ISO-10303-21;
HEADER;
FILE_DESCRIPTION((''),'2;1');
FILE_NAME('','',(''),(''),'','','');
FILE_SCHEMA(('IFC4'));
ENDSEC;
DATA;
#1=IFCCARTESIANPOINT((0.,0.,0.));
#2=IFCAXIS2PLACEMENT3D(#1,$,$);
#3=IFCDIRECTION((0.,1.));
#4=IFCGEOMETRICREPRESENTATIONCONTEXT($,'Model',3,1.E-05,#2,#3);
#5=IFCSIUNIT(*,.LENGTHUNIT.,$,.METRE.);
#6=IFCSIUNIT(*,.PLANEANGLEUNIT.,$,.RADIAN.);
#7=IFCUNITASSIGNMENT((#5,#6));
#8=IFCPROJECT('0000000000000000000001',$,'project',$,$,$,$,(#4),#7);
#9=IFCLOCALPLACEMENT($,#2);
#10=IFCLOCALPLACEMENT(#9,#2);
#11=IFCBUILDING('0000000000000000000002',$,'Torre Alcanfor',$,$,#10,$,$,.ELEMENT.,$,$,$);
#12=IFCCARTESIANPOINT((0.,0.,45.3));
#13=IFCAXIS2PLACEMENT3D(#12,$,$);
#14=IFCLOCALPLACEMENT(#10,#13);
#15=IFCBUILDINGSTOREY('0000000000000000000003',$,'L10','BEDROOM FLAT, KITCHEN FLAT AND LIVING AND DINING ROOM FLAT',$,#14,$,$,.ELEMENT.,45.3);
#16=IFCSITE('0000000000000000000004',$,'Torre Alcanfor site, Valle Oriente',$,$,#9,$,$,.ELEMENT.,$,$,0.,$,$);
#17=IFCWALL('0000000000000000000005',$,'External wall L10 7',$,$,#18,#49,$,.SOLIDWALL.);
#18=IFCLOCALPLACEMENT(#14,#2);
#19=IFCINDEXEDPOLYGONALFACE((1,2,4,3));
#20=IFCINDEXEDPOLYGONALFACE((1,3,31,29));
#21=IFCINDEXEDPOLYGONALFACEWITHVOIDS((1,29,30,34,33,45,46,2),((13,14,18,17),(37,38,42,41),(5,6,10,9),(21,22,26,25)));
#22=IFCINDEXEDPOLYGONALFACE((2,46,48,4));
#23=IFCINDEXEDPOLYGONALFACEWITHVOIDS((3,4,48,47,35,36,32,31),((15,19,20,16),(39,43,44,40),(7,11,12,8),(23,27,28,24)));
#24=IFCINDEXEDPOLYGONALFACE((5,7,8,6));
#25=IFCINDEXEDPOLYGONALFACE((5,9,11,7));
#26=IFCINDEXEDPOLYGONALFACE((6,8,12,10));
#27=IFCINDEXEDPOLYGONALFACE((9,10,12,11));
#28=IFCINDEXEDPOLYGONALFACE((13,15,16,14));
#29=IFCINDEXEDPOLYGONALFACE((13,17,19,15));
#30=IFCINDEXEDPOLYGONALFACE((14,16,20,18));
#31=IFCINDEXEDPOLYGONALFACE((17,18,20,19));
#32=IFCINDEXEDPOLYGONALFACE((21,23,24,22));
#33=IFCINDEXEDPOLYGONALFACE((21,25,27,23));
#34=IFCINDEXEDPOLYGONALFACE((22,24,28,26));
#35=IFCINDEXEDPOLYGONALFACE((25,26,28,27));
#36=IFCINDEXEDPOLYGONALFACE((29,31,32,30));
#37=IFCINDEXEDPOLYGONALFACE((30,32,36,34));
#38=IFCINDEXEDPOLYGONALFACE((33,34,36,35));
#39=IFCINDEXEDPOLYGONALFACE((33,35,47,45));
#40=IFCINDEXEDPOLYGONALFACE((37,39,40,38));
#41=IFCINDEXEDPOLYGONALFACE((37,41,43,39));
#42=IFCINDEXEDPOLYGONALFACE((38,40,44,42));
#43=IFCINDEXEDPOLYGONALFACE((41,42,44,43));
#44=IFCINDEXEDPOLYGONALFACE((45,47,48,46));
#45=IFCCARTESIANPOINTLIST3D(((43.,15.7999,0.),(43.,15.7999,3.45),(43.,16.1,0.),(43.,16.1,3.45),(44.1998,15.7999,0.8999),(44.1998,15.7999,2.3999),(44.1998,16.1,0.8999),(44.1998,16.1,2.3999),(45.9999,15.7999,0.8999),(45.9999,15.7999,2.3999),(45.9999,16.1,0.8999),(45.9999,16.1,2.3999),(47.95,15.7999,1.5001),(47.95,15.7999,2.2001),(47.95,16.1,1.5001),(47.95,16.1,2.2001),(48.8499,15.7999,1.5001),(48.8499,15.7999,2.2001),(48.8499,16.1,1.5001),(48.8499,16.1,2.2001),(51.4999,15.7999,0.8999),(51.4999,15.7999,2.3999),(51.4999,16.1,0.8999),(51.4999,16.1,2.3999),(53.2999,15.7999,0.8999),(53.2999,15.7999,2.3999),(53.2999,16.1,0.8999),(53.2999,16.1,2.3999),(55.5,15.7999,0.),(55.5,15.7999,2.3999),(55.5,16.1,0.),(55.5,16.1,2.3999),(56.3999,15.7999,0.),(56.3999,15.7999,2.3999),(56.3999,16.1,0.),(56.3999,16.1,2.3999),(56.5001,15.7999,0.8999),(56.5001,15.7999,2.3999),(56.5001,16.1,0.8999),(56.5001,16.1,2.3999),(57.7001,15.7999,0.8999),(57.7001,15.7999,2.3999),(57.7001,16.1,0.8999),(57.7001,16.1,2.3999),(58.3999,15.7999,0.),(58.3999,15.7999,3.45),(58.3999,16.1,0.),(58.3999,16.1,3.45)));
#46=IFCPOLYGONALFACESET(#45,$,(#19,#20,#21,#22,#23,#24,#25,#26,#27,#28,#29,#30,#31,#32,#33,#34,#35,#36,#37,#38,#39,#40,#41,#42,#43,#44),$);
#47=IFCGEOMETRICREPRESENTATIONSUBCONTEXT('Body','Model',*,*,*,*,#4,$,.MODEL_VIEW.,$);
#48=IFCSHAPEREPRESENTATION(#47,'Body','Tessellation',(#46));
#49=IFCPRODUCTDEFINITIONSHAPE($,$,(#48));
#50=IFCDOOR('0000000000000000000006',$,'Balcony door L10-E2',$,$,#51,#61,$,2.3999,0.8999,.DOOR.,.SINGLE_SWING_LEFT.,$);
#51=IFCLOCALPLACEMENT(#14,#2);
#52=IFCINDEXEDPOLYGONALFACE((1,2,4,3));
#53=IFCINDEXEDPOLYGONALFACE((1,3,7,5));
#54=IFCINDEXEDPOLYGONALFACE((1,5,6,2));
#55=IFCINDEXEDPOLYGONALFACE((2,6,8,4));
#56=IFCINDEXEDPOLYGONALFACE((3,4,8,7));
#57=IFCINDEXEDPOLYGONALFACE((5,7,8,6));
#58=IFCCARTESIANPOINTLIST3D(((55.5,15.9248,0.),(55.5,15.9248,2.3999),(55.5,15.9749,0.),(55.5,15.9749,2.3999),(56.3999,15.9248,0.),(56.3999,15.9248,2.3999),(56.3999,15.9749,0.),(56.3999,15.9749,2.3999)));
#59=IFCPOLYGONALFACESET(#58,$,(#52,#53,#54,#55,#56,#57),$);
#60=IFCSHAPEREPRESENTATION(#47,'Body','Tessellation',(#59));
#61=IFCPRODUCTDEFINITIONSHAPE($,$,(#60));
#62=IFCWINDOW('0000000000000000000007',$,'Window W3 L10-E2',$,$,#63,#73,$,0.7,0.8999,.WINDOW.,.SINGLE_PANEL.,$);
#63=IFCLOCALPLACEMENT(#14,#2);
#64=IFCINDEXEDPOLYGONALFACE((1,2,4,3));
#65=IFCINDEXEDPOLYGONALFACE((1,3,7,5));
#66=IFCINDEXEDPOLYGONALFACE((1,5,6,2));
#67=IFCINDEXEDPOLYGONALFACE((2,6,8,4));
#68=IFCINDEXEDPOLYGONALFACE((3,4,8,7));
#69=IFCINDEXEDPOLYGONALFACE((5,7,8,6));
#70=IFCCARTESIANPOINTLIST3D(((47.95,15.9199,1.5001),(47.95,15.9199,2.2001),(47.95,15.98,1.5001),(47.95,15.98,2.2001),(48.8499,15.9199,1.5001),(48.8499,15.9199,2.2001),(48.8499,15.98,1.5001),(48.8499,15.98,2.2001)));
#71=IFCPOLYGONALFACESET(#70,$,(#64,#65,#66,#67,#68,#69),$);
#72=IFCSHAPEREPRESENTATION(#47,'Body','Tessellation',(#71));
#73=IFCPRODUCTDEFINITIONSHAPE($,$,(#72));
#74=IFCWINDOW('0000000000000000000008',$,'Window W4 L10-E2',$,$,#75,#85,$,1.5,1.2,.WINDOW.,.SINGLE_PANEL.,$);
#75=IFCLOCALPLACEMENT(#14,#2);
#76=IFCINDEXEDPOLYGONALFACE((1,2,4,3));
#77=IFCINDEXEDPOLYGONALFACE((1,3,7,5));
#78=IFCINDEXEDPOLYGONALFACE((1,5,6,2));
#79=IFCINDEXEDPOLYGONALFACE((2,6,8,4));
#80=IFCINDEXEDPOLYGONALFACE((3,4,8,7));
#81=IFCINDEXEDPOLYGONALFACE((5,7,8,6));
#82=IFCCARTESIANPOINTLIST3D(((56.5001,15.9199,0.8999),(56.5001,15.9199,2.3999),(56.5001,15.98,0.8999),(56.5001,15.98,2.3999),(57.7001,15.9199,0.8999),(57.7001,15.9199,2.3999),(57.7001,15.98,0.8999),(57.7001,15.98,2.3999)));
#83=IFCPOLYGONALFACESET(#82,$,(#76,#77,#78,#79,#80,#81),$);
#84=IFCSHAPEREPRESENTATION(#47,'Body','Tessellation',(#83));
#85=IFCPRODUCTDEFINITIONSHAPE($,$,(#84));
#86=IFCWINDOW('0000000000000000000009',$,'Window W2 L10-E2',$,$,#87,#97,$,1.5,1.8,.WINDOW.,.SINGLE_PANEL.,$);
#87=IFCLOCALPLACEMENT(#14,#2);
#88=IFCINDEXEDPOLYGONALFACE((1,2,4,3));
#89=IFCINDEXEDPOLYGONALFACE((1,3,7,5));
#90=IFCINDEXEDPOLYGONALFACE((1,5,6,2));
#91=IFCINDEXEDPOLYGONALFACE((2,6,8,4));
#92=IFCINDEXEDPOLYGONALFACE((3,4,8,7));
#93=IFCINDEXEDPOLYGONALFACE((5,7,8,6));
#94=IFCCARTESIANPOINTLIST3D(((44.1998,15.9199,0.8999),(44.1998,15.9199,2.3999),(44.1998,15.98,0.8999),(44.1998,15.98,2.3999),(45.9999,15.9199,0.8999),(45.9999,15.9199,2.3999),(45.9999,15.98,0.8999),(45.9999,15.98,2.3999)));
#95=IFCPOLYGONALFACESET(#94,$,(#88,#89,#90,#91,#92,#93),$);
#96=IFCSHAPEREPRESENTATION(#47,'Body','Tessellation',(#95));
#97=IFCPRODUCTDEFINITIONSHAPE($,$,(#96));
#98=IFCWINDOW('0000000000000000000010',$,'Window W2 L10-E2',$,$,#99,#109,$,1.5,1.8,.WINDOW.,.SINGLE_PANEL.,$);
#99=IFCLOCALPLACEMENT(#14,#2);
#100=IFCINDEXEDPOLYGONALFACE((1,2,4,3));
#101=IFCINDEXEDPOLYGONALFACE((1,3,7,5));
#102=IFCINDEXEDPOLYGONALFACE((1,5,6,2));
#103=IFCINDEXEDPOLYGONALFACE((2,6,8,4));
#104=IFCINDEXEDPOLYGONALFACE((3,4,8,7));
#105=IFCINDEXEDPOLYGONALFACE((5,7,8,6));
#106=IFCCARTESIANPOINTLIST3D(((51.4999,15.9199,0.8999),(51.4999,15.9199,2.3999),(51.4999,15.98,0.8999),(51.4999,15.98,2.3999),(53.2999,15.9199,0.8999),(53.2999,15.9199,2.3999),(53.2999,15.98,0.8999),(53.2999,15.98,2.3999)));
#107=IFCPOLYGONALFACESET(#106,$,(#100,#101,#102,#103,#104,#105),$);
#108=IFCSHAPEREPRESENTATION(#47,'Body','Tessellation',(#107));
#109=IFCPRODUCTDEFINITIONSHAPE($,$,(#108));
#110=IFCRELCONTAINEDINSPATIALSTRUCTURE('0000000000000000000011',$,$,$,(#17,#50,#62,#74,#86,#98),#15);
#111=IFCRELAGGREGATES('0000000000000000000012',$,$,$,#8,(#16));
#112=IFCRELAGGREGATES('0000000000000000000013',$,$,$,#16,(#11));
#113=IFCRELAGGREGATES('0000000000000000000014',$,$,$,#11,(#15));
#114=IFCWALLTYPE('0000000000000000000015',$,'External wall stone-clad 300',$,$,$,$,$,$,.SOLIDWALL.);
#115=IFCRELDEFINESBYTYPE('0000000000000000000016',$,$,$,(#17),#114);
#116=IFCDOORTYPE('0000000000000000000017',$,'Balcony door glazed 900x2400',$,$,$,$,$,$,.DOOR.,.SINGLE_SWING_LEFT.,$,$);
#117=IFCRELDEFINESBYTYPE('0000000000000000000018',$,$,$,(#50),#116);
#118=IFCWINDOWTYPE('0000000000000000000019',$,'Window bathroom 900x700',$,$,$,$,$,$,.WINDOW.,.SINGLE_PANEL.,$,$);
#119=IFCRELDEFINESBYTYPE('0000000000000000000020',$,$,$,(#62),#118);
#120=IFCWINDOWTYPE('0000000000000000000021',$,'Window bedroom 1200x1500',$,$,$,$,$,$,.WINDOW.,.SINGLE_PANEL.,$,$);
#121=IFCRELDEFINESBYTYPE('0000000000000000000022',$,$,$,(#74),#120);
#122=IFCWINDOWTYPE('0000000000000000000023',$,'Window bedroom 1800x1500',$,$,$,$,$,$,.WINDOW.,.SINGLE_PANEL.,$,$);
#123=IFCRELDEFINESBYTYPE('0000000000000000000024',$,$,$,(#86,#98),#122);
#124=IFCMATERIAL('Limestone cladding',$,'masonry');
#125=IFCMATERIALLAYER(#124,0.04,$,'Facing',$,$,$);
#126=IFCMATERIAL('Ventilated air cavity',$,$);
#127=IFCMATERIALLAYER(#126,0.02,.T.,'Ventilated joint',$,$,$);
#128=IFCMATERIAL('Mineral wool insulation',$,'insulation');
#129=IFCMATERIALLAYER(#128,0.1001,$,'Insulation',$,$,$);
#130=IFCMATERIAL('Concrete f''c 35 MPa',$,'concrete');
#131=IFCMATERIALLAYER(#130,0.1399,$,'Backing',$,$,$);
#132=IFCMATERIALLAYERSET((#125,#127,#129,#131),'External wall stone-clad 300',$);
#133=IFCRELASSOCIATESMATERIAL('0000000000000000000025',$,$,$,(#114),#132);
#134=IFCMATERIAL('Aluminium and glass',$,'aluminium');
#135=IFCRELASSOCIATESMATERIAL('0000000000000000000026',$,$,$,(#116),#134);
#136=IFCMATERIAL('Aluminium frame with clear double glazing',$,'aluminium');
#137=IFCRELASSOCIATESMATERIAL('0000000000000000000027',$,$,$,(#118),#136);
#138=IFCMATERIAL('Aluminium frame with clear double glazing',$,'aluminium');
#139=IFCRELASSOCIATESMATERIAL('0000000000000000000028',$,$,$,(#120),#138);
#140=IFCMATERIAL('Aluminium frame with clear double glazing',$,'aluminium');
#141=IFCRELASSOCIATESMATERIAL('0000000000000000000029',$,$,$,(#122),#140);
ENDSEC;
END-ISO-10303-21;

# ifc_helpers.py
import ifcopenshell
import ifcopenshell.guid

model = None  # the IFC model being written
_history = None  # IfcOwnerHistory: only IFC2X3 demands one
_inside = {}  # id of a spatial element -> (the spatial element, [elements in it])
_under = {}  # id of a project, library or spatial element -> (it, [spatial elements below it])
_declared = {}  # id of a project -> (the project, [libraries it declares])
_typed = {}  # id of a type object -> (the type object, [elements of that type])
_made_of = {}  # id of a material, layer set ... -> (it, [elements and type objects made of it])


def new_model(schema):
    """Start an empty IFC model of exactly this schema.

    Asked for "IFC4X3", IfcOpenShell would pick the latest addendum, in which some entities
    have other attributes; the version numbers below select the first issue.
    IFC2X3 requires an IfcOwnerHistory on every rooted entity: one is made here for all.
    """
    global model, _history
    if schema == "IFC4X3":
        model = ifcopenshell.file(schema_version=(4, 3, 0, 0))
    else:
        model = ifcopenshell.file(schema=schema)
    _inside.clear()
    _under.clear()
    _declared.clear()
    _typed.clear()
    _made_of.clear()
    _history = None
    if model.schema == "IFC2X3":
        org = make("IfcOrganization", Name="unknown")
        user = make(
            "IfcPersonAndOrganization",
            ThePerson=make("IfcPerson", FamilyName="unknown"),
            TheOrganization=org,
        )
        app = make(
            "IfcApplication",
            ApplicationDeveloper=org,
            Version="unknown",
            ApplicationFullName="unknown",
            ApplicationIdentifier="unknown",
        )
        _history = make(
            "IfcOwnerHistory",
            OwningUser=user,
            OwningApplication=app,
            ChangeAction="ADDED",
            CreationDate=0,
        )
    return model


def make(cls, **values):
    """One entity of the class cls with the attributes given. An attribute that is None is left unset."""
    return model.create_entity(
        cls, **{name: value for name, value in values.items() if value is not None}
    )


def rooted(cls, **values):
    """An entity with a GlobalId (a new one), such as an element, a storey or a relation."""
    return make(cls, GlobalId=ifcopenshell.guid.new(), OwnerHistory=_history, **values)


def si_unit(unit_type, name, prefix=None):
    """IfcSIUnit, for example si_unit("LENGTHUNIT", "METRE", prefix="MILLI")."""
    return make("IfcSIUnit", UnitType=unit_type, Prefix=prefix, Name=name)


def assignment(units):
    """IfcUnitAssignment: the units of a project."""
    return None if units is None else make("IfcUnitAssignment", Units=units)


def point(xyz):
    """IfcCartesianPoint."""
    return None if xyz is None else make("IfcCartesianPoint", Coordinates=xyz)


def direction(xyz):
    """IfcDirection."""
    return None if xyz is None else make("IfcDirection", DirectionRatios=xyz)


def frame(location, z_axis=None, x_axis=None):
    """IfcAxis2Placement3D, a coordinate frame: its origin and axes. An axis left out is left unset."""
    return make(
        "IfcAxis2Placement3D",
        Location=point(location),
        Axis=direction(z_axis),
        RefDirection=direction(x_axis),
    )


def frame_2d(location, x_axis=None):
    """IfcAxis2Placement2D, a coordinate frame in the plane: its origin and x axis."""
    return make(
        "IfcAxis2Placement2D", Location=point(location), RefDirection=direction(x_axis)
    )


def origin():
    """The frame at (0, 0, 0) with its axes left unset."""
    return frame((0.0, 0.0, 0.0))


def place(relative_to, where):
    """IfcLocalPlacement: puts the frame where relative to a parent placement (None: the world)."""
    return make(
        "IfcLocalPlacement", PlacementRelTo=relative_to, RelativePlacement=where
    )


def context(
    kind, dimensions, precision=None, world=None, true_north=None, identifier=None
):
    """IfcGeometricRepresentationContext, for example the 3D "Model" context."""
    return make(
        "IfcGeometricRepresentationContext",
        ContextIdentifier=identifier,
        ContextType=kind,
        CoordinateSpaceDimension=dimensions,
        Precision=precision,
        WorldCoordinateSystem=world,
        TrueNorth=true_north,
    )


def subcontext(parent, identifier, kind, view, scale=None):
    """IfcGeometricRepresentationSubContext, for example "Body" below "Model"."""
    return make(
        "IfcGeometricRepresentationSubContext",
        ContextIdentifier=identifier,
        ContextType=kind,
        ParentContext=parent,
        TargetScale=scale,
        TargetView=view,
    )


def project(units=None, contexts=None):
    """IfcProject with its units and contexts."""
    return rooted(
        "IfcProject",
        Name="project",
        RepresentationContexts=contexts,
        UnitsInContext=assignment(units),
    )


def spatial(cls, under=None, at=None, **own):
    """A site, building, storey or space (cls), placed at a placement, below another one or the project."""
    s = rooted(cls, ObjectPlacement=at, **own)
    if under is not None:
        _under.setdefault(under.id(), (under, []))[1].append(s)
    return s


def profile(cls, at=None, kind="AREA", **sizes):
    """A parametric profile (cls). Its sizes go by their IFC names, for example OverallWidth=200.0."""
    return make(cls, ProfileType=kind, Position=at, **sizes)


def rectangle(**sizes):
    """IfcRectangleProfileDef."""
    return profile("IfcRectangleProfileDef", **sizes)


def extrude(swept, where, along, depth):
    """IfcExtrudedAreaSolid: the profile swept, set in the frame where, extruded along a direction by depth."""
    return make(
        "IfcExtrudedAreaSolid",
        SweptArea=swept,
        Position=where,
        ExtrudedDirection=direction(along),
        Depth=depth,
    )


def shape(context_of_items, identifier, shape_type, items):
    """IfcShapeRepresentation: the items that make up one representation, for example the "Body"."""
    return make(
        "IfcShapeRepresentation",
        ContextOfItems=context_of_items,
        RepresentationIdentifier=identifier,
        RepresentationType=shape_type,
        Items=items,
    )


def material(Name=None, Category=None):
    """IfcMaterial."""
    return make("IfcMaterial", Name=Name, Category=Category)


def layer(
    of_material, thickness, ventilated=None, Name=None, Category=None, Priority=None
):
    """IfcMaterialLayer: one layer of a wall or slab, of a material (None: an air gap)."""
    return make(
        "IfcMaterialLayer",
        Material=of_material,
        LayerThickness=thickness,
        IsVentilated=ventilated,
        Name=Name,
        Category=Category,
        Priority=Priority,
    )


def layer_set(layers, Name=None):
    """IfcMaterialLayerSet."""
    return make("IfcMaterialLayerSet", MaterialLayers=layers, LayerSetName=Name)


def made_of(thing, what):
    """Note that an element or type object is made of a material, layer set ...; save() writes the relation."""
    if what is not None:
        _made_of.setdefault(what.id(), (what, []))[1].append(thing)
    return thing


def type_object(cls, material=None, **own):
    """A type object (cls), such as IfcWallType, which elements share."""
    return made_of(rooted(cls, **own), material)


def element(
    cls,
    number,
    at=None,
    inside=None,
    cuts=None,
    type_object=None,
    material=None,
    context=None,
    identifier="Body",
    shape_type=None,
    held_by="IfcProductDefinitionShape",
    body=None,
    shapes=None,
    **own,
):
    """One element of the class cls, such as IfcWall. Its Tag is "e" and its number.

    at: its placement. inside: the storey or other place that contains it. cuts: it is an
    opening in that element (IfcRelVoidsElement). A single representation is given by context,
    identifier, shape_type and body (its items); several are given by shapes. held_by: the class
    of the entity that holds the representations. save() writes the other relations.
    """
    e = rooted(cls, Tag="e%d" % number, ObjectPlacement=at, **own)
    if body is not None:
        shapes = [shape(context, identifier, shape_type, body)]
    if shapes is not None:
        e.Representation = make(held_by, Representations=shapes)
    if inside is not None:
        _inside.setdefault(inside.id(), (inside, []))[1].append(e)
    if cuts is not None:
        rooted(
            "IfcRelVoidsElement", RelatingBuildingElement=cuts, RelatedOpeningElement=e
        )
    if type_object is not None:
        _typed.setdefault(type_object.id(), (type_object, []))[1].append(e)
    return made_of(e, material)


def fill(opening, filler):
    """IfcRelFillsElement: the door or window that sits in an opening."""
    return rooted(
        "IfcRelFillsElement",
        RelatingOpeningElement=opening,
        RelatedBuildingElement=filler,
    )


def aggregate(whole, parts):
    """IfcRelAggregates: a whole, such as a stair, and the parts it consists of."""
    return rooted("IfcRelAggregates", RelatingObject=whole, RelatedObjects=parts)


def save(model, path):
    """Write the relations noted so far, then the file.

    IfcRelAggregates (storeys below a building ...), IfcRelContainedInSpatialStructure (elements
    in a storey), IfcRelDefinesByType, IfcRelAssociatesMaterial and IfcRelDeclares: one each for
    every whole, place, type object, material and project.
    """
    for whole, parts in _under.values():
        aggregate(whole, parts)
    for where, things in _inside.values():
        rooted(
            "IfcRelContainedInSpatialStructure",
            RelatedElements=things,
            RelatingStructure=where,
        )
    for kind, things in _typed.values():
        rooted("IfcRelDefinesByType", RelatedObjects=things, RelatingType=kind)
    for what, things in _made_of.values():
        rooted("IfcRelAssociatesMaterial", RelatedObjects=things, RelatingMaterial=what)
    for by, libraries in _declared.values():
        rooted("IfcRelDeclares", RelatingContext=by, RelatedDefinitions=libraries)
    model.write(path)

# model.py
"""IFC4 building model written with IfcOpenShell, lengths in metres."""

from ifc_helpers import new_model, si_unit, direction, frame, frame_2d, origin, place, context, subcontext, project, spatial, rectangle, extrude, material, layer, layer_set, type_object, element, fill, save


model = new_model("IFC4")

# Units and contexts
model_context = context("Model", 3, precision=1e-05, world=origin(), true_north=direction((0.0, 1.0)))
body_context = subcontext(model_context, "Body", "Model", "MODEL_VIEW")
ifc_project = project(units=[si_unit("LENGTHUNIT", "METRE"), si_unit("PLANEANGLEUNIT", "RADIAN")], contexts=[model_context])

# Site, building, storey
site_placement = place(None, origin())
site = spatial("IfcSite", under=ifc_project, at=site_placement, Name="Torre Alcanfor site, Valle Oriente", CompositionType="ELEMENT", RefElevation=0.0)
building_placement = place(site_placement, origin())
building = spatial("IfcBuilding", under=site, at=building_placement, Name="Torre Alcanfor", CompositionType="ELEMENT")
storey_placement = place(building_placement, frame((0.0, 0.0, 45.3)))
storey = spatial("IfcBuildingStorey", under=building, at=storey_placement, Name="L10", Description="BEDROOM FLAT, KITCHEN FLAT AND LIVING AND DINING ROOM FLAT", CompositionType="ELEMENT", Elevation=45.3)

# Wall, openings, door, windows
ifc_material_1 = material(Name="Limestone cladding", Category="masonry")
ifc_layer_1 = layer(ifc_material_1, 0.04, Name="Facing")
ifc_material_2 = material(Name="Ventilated air cavity")
ifc_layer_2 = layer(ifc_material_2, 0.02, ventilated=True, Name="Ventilated joint")
ifc_material_3 = material(Name="Mineral wool insulation", Category="insulation")
ifc_layer_3 = layer(ifc_material_3, 0.1001, Name="Insulation")
ifc_material_4 = material(Name="Concrete f'c 35 MPa", Category="concrete")
ifc_layer_4 = layer(ifc_material_4, 0.1399, Name="Backing")
ifc_layer_set_1 = layer_set([ifc_layer_1, ifc_layer_2, ifc_layer_3, ifc_layer_4], Name="External wall stone-clad 300")
wall_type_1 = type_object("IfcWallType", Name="External wall stone-clad 300", PredefinedType="SOLIDWALL", material=ifc_layer_set_1)
ifc_material_5 = material(Name="Aluminium and glass", Category="aluminium")
door_type = type_object("IfcDoorType", Name="Balcony door glazed 900x2400", OperationType="SINGLE_SWING_LEFT", PredefinedType="DOOR", material=ifc_material_5)
ifc_material_6 = material(Name="Aluminium frame with clear double glazing", Category="aluminium")
window_type_1 = type_object("IfcWindowType", Name="Window bathroom 900x700", PartitioningType="SINGLE_PANEL", PredefinedType="WINDOW", material=ifc_material_6)
ifc_material_7 = material(Name="Aluminium frame with clear double glazing", Category="aluminium")
window_type_2 = type_object("IfcWindowType", Name="Window bedroom 1200x1500", PartitioningType="SINGLE_PANEL", PredefinedType="WINDOW", material=ifc_material_7)
ifc_material_8 = material(Name="Aluminium frame with clear double glazing", Category="aluminium")
window_type_3 = type_object("IfcWindowType", Name="Window bedroom 1800x1500", PartitioningType="SINGLE_PANEL", PredefinedType="WINDOW", material=ifc_material_8)
wall_1_placement = place(storey_placement, frame((43.0, 15.95, 0.0), z_axis=(0.0, 0.0, 1.0), x_axis=(1.0, 0.0, 0.0)))
wall_1 = element("IfcWall", 1, at=wall_1_placement, inside=storey, type_object=wall_type_1, Name="External wall L10 7", PredefinedType="SOLIDWALL", context=body_context, shape_type="SweptSolid", body=[
    extrude(rectangle(XDim=15.3999, YDim=0.3, at=frame_2d((7.7, 0.0))), origin(), (0.0, 0.0, 1.0), 3.45),
])
opening_1_placement = place(wall_1_placement, frame((1.2, 0.0, 0.8999)))
opening_1 = element("IfcOpeningElement", 2, at=opening_1_placement, cuts=wall_1, PredefinedType="OPENING", context=body_context, shape_type="SweptSolid", body=[
    extrude(rectangle(XDim=1.8, YDim=1.5, at=frame_2d((0.8999, 0.75))), frame((0.0, 0.1599, 0.0), z_axis=(0.0, -1.0, 0.0), x_axis=(1.0, 0.0, 0.0)), (0.0, 0.0, 1.0), 0.3201),
])
opening_2_placement = place(wall_1_placement, frame((4.95, 0.0, 1.5)))
opening_2 = element("IfcOpeningElement", 3, at=opening_2_placement, cuts=wall_1, PredefinedType="OPENING", context=body_context, shape_type="SweptSolid", body=[
    extrude(rectangle(XDim=0.8999, YDim=0.7, at=frame_2d((0.45, 0.3501))), frame((0.0, 0.1599, 0.0), z_axis=(0.0, -1.0, 0.0), x_axis=(1.0, 0.0, 0.0)), (0.0, 0.0, 1.0), 0.3201),
])
opening_3_placement = place(wall_1_placement, frame((8.5, 0.0, 0.8999)))
opening_3 = element("IfcOpeningElement", 4, at=opening_3_placement, cuts=wall_1, PredefinedType="OPENING", context=body_context, shape_type="SweptSolid", body=[
    extrude(rectangle(XDim=1.8, YDim=1.5, at=frame_2d((0.8999, 0.75))), frame((0.0, 0.1599, 0.0), z_axis=(0.0, -1.0, 0.0), x_axis=(1.0, 0.0, 0.0)), (0.0, 0.0, 1.0), 0.3201),
])
opening_4_placement = place(wall_1_placement, frame((12.5, 0.0, 0.0)))
opening_4 = element("IfcOpeningElement", 5, at=opening_4_placement, cuts=wall_1, PredefinedType="OPENING", context=body_context, shape_type="SweptSolid", body=[
    extrude(rectangle(XDim=0.8999, YDim=2.3999, at=frame_2d((0.45, 1.2))), frame((0.0, 0.1599, 0.0), z_axis=(0.0, -1.0, 0.0), x_axis=(1.0, 0.0, 0.0)), (0.0, 0.0, 1.0), 0.3201),
])
opening_5_placement = place(wall_1_placement, frame((13.5, 0.0, 0.8999)))
opening_5 = element("IfcOpeningElement", 6, at=opening_5_placement, cuts=wall_1, PredefinedType="OPENING", context=body_context, shape_type="SweptSolid", body=[
    extrude(rectangle(XDim=1.2, YDim=1.5, at=frame_2d((0.6001, 0.75))), frame((0.0, 0.1599, 0.0), z_axis=(0.0, -1.0, 0.0), x_axis=(1.0, 0.0, 0.0)), (0.0, 0.0, 1.0), 0.3201),
])
door_1_placement = place(opening_4_placement, origin())
door_1 = element("IfcDoor", 7, at=door_1_placement, inside=storey, type_object=door_type, Name="Balcony door L10-E2", OperationType="SINGLE_SWING_LEFT", OverallHeight=2.3999, OverallWidth=0.8999, PredefinedType="DOOR", context=body_context, shape_type="SweptSolid", body=[
    extrude(rectangle(XDim=0.8999, YDim=2.3999, at=frame_2d((0.45, 1.2))), frame((0.0, 0.0249, 0.0), z_axis=(0.0, -1.0, 0.0), x_axis=(1.0, 0.0, 0.0)), (0.0, 0.0, 1.0), 0.05),
])
fill(opening_4, door_1)
window_1_placement = place(opening_2_placement, origin())
window_1 = element("IfcWindow", 8, at=window_1_placement, inside=storey, type_object=window_type_1, Name="Window W3 L10-E2", OverallHeight=0.7, OverallWidth=0.8999, PartitioningType="SINGLE_PANEL", PredefinedType="WINDOW", context=body_context, shape_type="SweptSolid", body=[
    extrude(rectangle(XDim=0.8999, YDim=0.7, at=frame_2d((0.45, 0.3501))), frame((0.0, 0.03, 0.0), z_axis=(0.0, -1.0, 0.0), x_axis=(1.0, 0.0, 0.0)), (0.0, 0.0, 1.0), 0.0601),
])
fill(opening_2, window_1)
window_2_placement = place(opening_5_placement, origin())
window_2 = element("IfcWindow", 9, at=window_2_placement, inside=storey, type_object=window_type_2, Name="Window W4 L10-E2", OverallHeight=1.5, OverallWidth=1.2, PartitioningType="SINGLE_PANEL", PredefinedType="WINDOW", context=body_context, shape_type="SweptSolid", body=[
    extrude(rectangle(XDim=1.2, YDim=1.5, at=frame_2d((0.6001, 0.75))), frame((0.0, 0.03, 0.0), z_axis=(0.0, -1.0, 0.0), x_axis=(1.0, 0.0, 0.0)), (0.0, 0.0, 1.0), 0.0601),
])
fill(opening_5, window_2)
window_3_placement = place(opening_1_placement, origin())
window_3 = element("IfcWindow", 10, at=window_3_placement, inside=storey, type_object=window_type_3, Name="Window W2 L10-E2", OverallHeight=1.5, OverallWidth=1.8, PartitioningType="SINGLE_PANEL", PredefinedType="WINDOW", context=body_context, shape_type="SweptSolid", body=[
    extrude(rectangle(XDim=1.8, YDim=1.5, at=frame_2d((0.8999, 0.75))), frame((0.0, 0.03, 0.0), z_axis=(0.0, -1.0, 0.0), x_axis=(1.0, 0.0, 0.0)), (0.0, 0.0, 1.0), 0.0601),
])
fill(opening_1, window_3)
window_4_placement = place(opening_3_placement, origin())
window_4 = element("IfcWindow", 11, at=window_4_placement, inside=storey, type_object=window_type_3, Name="Window W2 L10-E2", OverallHeight=1.5, OverallWidth=1.8, PartitioningType="SINGLE_PANEL", PredefinedType="WINDOW", context=body_context, shape_type="SweptSolid", body=[
    extrude(rectangle(XDim=1.8, YDim=1.5, at=frame_2d((0.8999, 0.75))), frame((0.0, 0.03, 0.0), z_axis=(0.0, -1.0, 0.0), x_axis=(1.0, 0.0, 0.0)), (0.0, 0.0, 1.0), 0.0601),
])
fill(opening_3, window_4)

save(model, "model.ifc")
